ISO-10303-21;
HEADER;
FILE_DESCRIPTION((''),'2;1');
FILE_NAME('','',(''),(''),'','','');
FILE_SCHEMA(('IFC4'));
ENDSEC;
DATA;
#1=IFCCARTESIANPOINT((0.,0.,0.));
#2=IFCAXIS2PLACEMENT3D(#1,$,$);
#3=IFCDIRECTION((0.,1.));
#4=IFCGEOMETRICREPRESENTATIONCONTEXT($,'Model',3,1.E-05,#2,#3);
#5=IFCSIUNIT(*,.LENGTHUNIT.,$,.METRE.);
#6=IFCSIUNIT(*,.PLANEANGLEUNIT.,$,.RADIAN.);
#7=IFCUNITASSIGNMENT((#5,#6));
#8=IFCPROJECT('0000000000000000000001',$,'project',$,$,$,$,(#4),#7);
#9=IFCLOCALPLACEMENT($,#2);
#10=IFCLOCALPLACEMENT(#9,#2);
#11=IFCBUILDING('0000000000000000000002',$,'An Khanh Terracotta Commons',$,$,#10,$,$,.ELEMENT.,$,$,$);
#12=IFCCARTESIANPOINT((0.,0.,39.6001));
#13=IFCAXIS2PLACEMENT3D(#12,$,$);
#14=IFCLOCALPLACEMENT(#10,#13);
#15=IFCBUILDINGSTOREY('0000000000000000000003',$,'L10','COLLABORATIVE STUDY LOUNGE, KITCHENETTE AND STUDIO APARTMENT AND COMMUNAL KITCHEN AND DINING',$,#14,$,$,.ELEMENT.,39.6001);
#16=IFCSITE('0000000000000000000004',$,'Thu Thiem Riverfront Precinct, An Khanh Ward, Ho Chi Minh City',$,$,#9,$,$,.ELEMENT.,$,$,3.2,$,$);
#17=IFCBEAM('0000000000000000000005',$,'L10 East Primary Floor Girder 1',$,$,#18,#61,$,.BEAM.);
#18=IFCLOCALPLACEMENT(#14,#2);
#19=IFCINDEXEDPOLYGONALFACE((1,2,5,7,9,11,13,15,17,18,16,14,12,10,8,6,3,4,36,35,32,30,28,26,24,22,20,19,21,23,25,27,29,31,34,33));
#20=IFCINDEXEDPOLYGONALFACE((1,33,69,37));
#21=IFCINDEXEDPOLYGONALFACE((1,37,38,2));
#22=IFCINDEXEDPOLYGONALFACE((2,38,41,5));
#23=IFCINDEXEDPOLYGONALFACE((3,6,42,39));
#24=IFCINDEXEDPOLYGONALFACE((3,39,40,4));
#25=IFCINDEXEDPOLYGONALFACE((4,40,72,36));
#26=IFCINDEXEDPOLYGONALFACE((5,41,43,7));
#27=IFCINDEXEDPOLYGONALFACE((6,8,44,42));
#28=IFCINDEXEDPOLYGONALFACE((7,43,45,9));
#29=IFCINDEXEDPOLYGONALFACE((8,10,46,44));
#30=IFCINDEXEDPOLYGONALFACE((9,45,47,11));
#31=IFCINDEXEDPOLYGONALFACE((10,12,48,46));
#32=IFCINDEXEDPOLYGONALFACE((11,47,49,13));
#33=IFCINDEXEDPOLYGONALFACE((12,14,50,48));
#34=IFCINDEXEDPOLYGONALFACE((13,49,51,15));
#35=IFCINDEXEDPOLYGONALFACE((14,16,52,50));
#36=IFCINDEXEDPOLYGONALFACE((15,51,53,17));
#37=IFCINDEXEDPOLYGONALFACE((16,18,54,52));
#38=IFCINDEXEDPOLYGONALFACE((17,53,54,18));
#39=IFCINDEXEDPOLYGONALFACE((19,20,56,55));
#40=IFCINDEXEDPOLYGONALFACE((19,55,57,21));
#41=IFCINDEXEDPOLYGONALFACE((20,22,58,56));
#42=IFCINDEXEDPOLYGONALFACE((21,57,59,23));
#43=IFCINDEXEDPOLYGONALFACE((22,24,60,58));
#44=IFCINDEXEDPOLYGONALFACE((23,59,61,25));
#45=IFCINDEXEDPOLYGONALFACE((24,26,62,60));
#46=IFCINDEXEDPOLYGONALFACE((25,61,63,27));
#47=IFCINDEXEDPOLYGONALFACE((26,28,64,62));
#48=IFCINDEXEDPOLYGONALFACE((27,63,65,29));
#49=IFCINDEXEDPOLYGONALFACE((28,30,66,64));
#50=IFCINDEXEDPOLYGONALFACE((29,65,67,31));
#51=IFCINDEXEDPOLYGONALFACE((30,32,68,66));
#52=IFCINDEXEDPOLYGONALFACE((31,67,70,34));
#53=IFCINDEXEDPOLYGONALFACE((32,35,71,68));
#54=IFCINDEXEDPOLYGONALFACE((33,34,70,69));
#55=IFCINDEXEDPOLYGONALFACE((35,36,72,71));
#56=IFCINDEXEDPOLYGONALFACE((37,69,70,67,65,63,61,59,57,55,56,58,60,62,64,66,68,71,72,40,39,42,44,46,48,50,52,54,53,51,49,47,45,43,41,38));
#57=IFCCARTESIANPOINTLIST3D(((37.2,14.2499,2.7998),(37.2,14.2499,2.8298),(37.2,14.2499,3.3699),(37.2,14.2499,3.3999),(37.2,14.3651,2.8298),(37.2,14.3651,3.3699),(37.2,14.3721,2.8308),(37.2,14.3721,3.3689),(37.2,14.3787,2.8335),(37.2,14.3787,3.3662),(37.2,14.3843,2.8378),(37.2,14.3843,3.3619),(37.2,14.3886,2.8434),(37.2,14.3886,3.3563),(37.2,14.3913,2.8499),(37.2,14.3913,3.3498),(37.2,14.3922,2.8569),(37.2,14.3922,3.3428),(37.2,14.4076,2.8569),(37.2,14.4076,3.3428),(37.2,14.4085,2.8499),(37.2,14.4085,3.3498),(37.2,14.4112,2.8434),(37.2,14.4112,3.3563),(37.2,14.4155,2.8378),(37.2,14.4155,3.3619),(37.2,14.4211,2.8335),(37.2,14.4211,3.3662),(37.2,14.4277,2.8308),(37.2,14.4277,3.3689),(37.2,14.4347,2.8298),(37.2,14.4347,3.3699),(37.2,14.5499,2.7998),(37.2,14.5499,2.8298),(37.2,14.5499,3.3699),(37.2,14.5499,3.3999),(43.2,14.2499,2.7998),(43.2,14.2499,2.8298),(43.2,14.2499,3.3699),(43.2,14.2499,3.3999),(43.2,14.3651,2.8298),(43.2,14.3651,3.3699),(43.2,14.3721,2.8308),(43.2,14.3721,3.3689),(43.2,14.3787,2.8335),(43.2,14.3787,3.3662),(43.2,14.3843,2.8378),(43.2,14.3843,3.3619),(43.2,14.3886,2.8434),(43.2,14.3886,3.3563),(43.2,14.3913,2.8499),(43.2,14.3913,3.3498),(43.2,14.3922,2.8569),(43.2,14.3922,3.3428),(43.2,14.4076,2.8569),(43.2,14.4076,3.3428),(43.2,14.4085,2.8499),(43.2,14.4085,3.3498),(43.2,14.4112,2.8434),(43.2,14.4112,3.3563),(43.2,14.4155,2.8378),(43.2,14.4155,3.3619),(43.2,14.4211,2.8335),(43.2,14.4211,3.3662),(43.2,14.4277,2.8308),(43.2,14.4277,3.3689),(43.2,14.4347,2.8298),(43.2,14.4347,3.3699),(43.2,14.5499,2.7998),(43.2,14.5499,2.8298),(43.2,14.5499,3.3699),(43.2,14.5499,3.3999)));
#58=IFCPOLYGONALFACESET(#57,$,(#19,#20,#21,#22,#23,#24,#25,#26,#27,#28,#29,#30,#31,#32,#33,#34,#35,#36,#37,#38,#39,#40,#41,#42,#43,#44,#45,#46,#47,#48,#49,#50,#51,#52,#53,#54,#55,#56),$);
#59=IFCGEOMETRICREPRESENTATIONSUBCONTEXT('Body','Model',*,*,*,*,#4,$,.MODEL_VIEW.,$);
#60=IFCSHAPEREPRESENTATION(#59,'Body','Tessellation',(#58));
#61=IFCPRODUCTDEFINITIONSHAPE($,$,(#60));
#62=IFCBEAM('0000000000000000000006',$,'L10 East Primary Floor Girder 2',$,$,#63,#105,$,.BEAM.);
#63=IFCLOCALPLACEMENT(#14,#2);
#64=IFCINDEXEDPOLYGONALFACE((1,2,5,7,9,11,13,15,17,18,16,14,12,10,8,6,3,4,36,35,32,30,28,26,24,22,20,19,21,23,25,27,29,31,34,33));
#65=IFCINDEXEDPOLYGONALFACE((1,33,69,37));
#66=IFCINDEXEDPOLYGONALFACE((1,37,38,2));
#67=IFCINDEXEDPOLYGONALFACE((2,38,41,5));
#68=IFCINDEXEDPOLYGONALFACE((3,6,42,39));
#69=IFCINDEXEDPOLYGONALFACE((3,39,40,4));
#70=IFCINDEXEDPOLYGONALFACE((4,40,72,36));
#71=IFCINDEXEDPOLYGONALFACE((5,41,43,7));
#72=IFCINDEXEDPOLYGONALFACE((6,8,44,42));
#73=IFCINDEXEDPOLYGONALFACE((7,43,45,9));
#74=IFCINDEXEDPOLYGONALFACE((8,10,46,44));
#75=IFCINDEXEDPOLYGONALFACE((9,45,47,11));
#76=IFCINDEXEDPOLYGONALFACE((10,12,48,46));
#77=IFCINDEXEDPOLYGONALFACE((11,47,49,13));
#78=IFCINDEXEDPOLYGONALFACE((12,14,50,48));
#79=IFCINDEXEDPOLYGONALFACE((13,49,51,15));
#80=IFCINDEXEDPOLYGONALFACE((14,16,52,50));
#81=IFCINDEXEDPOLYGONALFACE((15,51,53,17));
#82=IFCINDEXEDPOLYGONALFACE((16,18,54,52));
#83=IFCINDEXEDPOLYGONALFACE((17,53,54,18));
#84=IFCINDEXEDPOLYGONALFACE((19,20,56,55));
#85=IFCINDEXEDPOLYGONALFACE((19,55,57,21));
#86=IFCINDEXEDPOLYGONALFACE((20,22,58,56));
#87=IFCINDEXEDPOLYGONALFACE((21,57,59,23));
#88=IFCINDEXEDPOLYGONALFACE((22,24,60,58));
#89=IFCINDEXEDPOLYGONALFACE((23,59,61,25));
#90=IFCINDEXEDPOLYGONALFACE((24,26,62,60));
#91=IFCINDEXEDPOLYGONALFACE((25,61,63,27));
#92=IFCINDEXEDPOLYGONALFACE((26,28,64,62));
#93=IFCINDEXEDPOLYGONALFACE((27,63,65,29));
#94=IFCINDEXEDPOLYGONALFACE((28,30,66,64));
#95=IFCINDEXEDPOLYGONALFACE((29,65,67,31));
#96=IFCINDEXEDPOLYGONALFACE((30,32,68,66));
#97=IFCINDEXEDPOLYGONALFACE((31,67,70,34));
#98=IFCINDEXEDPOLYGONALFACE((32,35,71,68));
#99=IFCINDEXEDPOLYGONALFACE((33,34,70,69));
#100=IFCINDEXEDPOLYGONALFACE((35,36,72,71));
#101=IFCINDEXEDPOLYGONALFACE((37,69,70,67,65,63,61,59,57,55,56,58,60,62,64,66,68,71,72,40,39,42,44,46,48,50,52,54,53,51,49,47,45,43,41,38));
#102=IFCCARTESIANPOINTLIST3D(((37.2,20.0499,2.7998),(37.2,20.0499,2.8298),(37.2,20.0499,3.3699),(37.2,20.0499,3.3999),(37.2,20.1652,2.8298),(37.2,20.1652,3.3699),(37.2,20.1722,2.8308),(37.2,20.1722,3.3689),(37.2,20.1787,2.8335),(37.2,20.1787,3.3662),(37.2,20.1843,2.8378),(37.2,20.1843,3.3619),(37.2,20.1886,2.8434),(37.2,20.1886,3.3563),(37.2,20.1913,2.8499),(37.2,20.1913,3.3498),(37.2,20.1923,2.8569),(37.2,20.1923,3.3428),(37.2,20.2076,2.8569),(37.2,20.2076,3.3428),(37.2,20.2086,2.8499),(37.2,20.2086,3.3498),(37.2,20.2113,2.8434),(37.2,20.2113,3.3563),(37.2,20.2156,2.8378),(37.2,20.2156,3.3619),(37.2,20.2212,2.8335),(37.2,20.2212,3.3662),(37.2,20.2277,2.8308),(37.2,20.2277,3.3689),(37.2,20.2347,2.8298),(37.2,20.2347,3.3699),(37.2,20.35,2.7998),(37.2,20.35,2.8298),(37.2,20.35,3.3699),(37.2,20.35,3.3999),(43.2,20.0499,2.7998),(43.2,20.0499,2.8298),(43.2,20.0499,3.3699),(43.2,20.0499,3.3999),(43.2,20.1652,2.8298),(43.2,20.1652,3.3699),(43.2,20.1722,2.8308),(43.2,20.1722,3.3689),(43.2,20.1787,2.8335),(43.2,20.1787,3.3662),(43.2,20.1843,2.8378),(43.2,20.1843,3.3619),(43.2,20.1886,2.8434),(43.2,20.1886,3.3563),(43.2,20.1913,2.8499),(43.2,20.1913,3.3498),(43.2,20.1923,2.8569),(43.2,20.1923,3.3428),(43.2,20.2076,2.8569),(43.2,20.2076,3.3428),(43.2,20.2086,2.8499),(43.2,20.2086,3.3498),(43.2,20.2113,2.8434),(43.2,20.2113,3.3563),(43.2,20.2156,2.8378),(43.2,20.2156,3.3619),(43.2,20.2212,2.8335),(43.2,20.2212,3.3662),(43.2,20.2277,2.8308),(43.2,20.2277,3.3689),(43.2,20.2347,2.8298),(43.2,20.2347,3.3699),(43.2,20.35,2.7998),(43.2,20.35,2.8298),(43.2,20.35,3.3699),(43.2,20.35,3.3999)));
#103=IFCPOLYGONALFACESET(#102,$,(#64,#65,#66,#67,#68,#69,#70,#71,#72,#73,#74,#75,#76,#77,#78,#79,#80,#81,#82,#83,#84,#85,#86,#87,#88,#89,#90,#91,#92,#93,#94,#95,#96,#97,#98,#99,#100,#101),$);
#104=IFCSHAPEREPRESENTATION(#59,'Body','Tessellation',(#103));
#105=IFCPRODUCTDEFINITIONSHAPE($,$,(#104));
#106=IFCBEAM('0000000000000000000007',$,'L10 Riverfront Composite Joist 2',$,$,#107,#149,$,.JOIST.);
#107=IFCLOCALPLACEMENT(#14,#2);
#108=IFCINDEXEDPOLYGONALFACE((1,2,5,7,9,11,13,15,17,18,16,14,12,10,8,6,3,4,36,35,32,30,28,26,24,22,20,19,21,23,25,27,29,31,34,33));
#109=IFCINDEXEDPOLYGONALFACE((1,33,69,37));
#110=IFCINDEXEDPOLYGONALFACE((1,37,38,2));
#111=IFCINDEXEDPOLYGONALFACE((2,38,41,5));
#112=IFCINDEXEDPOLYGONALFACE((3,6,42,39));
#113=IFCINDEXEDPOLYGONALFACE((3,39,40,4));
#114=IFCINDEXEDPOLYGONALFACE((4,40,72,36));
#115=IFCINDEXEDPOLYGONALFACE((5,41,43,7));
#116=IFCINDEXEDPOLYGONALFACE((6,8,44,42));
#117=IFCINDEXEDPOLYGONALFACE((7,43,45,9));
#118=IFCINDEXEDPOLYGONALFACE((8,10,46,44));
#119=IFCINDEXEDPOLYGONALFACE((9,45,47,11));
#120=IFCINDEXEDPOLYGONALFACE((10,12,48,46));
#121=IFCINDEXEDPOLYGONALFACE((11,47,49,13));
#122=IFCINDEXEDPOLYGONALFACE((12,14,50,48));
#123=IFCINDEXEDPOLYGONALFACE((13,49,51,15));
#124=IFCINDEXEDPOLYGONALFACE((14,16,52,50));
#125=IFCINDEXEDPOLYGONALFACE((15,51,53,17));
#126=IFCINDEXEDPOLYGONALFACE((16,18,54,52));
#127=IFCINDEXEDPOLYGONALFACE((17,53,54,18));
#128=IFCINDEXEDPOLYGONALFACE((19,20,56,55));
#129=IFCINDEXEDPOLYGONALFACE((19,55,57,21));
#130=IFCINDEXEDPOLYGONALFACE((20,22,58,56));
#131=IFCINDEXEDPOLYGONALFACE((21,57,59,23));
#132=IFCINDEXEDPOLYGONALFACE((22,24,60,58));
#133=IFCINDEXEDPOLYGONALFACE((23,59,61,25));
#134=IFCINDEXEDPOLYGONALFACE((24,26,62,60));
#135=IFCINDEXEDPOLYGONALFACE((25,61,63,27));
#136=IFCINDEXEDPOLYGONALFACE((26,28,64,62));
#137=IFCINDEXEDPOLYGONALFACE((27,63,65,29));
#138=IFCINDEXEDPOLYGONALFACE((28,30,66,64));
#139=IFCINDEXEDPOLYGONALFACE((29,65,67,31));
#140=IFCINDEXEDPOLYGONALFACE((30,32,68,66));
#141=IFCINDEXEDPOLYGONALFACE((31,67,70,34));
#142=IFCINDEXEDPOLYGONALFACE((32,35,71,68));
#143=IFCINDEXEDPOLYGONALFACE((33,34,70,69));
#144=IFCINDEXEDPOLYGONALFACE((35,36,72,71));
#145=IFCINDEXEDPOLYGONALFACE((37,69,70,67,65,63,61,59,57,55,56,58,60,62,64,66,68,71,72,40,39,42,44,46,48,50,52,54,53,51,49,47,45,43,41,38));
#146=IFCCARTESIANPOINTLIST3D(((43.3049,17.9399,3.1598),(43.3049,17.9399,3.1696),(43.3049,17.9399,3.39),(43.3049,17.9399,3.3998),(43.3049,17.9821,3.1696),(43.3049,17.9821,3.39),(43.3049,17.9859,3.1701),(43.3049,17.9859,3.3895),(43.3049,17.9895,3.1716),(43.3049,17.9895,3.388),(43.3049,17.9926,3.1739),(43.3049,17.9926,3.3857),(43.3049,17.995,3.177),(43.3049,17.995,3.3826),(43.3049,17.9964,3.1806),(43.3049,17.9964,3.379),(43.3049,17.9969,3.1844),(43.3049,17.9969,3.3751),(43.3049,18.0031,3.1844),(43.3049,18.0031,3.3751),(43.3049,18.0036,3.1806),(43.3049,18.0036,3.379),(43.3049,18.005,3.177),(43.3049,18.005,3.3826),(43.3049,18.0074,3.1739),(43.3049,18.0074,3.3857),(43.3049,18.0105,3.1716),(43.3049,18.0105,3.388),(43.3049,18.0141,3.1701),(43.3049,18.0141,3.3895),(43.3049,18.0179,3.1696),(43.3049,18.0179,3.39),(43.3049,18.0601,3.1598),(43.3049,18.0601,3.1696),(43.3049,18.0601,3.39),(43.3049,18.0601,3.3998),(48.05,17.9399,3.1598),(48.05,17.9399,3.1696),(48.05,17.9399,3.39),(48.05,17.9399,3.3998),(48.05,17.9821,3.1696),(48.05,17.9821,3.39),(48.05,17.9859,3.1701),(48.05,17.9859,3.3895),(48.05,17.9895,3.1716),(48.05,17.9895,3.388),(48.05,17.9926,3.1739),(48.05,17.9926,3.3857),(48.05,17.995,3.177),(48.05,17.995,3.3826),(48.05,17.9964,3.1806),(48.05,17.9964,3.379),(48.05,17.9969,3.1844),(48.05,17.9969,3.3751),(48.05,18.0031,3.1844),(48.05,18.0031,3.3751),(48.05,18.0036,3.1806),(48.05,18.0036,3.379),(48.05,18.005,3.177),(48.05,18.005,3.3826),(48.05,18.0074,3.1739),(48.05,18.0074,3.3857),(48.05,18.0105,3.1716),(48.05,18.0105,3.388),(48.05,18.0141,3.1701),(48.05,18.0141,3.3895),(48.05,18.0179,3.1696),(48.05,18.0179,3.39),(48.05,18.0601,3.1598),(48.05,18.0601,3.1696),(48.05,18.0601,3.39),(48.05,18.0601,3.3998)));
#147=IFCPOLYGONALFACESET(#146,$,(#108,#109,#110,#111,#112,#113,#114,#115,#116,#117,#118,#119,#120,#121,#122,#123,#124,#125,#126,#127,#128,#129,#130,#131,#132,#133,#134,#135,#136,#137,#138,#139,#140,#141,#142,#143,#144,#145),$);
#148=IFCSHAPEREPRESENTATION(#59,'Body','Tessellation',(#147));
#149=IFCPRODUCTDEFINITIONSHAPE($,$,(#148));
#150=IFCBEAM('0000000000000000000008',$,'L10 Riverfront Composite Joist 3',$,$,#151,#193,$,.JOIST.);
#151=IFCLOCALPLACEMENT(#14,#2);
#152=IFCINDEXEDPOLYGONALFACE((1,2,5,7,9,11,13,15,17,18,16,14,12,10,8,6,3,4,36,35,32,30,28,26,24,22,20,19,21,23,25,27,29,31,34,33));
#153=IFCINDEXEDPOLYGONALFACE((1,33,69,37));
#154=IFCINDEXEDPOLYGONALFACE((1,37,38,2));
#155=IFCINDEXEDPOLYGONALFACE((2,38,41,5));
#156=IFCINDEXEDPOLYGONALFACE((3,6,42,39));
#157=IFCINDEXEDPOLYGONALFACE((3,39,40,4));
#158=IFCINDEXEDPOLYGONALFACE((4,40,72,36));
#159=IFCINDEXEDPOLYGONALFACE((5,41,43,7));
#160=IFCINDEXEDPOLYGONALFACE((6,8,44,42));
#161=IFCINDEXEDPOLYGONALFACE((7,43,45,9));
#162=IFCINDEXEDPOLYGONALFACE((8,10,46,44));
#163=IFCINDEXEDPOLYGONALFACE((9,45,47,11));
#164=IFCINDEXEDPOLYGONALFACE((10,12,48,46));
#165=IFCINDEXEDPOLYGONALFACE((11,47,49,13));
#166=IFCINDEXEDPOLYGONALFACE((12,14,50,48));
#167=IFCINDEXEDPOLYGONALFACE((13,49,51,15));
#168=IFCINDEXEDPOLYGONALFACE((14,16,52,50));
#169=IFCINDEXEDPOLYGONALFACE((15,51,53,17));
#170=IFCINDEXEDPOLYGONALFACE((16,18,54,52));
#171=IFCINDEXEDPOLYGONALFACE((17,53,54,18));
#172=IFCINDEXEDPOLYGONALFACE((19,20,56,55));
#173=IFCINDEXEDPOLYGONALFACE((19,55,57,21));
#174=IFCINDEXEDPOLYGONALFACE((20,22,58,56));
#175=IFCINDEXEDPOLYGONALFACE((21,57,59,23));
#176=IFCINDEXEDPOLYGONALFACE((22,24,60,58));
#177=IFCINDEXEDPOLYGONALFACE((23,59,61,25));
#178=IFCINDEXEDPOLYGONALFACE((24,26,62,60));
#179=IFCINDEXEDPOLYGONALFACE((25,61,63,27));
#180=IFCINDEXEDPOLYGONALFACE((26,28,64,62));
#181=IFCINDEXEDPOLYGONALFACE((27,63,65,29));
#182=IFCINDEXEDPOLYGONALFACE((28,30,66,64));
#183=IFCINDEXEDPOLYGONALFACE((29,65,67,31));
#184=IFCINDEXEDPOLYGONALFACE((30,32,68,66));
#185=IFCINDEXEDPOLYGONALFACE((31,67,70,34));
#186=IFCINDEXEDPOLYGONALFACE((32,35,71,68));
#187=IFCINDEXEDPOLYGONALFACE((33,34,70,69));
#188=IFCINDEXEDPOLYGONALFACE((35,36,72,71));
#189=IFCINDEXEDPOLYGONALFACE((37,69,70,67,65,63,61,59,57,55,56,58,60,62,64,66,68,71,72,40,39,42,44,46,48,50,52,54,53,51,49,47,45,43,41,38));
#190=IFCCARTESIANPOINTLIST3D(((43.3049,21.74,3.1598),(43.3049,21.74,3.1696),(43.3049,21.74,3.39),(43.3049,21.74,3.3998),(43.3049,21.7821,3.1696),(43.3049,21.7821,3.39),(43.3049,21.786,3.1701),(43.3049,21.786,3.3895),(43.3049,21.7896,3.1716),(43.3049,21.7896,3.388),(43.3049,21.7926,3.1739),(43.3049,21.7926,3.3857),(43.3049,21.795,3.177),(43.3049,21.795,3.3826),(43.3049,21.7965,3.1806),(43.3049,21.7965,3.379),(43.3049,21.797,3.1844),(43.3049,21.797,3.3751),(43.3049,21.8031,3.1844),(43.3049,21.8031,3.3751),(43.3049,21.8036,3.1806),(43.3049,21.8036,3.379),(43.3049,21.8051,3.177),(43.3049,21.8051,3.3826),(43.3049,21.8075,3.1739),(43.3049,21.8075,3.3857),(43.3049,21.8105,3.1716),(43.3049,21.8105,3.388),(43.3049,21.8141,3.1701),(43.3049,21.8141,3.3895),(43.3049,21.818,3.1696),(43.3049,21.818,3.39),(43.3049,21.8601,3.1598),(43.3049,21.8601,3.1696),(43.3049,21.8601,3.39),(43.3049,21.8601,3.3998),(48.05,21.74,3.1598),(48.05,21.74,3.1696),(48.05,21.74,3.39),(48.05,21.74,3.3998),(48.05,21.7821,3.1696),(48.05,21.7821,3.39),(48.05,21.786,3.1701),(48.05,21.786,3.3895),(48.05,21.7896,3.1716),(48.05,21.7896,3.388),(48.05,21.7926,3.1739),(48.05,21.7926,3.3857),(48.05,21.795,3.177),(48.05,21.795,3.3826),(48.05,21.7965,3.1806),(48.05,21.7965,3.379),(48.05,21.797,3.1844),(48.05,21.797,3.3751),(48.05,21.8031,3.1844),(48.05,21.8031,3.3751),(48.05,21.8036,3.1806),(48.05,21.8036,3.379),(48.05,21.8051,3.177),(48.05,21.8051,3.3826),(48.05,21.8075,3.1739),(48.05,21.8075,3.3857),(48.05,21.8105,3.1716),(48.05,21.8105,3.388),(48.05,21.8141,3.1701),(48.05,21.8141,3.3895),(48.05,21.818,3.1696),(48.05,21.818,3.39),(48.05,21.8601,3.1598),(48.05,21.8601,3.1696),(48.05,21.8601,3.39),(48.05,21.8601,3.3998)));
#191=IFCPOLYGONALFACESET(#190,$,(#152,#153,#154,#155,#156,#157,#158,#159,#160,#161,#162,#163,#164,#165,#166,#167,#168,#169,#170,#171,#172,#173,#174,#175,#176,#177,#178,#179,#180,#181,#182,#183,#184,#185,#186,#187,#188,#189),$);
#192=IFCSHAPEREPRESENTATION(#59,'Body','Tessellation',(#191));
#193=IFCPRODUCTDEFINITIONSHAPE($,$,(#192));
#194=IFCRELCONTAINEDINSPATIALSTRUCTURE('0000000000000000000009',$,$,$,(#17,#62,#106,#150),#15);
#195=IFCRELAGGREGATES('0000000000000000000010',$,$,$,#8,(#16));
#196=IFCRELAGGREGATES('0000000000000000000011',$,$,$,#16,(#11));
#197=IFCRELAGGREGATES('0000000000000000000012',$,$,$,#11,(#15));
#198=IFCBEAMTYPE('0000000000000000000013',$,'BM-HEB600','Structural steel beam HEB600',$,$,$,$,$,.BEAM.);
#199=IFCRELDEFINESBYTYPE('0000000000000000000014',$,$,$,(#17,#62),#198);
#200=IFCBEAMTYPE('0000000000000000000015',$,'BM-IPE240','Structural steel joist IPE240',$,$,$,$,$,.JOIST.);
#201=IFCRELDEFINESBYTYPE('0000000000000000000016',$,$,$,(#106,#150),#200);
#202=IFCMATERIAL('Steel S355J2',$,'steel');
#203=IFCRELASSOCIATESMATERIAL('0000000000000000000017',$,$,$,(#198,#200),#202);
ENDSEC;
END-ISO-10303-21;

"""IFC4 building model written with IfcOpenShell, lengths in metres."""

from ifc_helpers import new_model, si_unit, direction, frame, origin, origin_2d, place, context, subcontext, project, spatial, i_section, extrude, material, material_profile, profile_set, type_object, element, save


model = new_model("IFC4")

# Units and contexts
model_context = context("Model", 3, precision=1e-05, world=origin(), true_north=direction((0.0, 1.0)))
body_context = subcontext(model_context, "Body", "Model", "MODEL_VIEW")
ifc_project = project(units=[si_unit("LENGTHUNIT", "METRE"), si_unit("PLANEANGLEUNIT", "RADIAN")], contexts=[model_context])

# Site, building, storey
site_placement = place(None, origin())
site = spatial("IfcSite", under=ifc_project, at=site_placement, Name="Thu Thiem Riverfront Precinct, An Khanh Ward, Ho Chi Minh City", CompositionType="ELEMENT", RefElevation=3.2)
building_placement = place(site_placement, origin())
building = spatial("IfcBuilding", under=site, at=building_placement, Name="An Khanh Terracotta Commons", CompositionType="ELEMENT")
storey_placement = place(building_placement, frame((0.0, 0.0, 39.6001)))
storey = spatial("IfcBuildingStorey", under=building, at=storey_placement, Name="L10", Description="COLLABORATIVE STUDY LOUNGE, KITCHENETTE AND STUDIO APARTMENT AND COMMUNAL KITCHEN AND DINING", CompositionType="ELEMENT", Elevation=39.6001)

# Beams
ifc_material_1 = material(Name="Steel S355J2", Category="steel")
ifc_material_profile_1 = material_profile(ifc_material_1, i_section(OverallWidth=0.3, OverallDepth=0.6001, WebThickness=0.0154, FlangeThickness=0.03, FilletRadius=0.0271, at=origin_2d()), Name="HEB600")
ifc_profile_set_1 = profile_set([ifc_material_profile_1], Name="Steel S355J2")
beam_type_1 = type_object("IfcBeamType", Name="BM-HEB600", Description="Structural steel beam HEB600", PredefinedType="BEAM", material=ifc_profile_set_1)
for number, where, z_axis, x_axis, name in (
    (1, (37.2, 14.3999, 3.0999), (1.0, 0.0, 0.0), (0.0, 1.0, 0.0), "L10 East Primary Floor Girder 1"),
    (2, (37.2, 20.2, 3.0999), (1.0, 0.0, 0.0), (0.0, 1.0, 0.0), "L10 East Primary Floor Girder 2"),
):
    element("IfcBeam", number, at=place(storey_placement, frame(where, z_axis=z_axis, x_axis=x_axis)), inside=storey, type_object=beam_type_1, Name=name, PredefinedType="BEAM", context=body_context, shape_type="SweptSolid", body=[
        extrude(i_section(OverallWidth=0.3, OverallDepth=0.6001, WebThickness=0.0154, FlangeThickness=0.03, FilletRadius=0.0271, at=origin_2d()), origin(), (0.0, 0.0, 1.0), 6.0),
    ])
ifc_material_profile_2 = material_profile(ifc_material_1, i_section(OverallWidth=0.1201, OverallDepth=0.24, WebThickness=0.0061, FlangeThickness=0.0098, FilletRadius=0.0149, at=origin_2d()), Name="IPE240")
ifc_profile_set_2 = profile_set([ifc_material_profile_2], Name="Steel S355J2")
beam_type_2 = type_object("IfcBeamType", Name="BM-IPE240", Description="Structural steel joist IPE240", PredefinedType="JOIST", material=ifc_profile_set_2)
for number, where, z_axis, x_axis, name in (
    (3, (43.3049, 18.0, 3.2798), (1.0, 0.0, 0.0), (0.0, 1.0, 0.0), "L10 Riverfront Composite Joist 2"),
    (4, (43.3049, 21.8, 3.2798), (1.0, 0.0, 0.0), (0.0, 1.0, 0.0), "L10 Riverfront Composite Joist 3"),
):
    element("IfcBeam", number, at=place(storey_placement, frame(where, z_axis=z_axis, x_axis=x_axis)), inside=storey, type_object=beam_type_2, Name=name, PredefinedType="JOIST", context=body_context, shape_type="SweptSolid", body=[
        extrude(i_section(OverallWidth=0.1201, OverallDepth=0.24, WebThickness=0.0061, FlangeThickness=0.0098, FilletRadius=0.0149, at=origin_2d()), origin(), (0.0, 0.0, 1.0), 4.7451),
    ])

save(model, "model.ifc")
